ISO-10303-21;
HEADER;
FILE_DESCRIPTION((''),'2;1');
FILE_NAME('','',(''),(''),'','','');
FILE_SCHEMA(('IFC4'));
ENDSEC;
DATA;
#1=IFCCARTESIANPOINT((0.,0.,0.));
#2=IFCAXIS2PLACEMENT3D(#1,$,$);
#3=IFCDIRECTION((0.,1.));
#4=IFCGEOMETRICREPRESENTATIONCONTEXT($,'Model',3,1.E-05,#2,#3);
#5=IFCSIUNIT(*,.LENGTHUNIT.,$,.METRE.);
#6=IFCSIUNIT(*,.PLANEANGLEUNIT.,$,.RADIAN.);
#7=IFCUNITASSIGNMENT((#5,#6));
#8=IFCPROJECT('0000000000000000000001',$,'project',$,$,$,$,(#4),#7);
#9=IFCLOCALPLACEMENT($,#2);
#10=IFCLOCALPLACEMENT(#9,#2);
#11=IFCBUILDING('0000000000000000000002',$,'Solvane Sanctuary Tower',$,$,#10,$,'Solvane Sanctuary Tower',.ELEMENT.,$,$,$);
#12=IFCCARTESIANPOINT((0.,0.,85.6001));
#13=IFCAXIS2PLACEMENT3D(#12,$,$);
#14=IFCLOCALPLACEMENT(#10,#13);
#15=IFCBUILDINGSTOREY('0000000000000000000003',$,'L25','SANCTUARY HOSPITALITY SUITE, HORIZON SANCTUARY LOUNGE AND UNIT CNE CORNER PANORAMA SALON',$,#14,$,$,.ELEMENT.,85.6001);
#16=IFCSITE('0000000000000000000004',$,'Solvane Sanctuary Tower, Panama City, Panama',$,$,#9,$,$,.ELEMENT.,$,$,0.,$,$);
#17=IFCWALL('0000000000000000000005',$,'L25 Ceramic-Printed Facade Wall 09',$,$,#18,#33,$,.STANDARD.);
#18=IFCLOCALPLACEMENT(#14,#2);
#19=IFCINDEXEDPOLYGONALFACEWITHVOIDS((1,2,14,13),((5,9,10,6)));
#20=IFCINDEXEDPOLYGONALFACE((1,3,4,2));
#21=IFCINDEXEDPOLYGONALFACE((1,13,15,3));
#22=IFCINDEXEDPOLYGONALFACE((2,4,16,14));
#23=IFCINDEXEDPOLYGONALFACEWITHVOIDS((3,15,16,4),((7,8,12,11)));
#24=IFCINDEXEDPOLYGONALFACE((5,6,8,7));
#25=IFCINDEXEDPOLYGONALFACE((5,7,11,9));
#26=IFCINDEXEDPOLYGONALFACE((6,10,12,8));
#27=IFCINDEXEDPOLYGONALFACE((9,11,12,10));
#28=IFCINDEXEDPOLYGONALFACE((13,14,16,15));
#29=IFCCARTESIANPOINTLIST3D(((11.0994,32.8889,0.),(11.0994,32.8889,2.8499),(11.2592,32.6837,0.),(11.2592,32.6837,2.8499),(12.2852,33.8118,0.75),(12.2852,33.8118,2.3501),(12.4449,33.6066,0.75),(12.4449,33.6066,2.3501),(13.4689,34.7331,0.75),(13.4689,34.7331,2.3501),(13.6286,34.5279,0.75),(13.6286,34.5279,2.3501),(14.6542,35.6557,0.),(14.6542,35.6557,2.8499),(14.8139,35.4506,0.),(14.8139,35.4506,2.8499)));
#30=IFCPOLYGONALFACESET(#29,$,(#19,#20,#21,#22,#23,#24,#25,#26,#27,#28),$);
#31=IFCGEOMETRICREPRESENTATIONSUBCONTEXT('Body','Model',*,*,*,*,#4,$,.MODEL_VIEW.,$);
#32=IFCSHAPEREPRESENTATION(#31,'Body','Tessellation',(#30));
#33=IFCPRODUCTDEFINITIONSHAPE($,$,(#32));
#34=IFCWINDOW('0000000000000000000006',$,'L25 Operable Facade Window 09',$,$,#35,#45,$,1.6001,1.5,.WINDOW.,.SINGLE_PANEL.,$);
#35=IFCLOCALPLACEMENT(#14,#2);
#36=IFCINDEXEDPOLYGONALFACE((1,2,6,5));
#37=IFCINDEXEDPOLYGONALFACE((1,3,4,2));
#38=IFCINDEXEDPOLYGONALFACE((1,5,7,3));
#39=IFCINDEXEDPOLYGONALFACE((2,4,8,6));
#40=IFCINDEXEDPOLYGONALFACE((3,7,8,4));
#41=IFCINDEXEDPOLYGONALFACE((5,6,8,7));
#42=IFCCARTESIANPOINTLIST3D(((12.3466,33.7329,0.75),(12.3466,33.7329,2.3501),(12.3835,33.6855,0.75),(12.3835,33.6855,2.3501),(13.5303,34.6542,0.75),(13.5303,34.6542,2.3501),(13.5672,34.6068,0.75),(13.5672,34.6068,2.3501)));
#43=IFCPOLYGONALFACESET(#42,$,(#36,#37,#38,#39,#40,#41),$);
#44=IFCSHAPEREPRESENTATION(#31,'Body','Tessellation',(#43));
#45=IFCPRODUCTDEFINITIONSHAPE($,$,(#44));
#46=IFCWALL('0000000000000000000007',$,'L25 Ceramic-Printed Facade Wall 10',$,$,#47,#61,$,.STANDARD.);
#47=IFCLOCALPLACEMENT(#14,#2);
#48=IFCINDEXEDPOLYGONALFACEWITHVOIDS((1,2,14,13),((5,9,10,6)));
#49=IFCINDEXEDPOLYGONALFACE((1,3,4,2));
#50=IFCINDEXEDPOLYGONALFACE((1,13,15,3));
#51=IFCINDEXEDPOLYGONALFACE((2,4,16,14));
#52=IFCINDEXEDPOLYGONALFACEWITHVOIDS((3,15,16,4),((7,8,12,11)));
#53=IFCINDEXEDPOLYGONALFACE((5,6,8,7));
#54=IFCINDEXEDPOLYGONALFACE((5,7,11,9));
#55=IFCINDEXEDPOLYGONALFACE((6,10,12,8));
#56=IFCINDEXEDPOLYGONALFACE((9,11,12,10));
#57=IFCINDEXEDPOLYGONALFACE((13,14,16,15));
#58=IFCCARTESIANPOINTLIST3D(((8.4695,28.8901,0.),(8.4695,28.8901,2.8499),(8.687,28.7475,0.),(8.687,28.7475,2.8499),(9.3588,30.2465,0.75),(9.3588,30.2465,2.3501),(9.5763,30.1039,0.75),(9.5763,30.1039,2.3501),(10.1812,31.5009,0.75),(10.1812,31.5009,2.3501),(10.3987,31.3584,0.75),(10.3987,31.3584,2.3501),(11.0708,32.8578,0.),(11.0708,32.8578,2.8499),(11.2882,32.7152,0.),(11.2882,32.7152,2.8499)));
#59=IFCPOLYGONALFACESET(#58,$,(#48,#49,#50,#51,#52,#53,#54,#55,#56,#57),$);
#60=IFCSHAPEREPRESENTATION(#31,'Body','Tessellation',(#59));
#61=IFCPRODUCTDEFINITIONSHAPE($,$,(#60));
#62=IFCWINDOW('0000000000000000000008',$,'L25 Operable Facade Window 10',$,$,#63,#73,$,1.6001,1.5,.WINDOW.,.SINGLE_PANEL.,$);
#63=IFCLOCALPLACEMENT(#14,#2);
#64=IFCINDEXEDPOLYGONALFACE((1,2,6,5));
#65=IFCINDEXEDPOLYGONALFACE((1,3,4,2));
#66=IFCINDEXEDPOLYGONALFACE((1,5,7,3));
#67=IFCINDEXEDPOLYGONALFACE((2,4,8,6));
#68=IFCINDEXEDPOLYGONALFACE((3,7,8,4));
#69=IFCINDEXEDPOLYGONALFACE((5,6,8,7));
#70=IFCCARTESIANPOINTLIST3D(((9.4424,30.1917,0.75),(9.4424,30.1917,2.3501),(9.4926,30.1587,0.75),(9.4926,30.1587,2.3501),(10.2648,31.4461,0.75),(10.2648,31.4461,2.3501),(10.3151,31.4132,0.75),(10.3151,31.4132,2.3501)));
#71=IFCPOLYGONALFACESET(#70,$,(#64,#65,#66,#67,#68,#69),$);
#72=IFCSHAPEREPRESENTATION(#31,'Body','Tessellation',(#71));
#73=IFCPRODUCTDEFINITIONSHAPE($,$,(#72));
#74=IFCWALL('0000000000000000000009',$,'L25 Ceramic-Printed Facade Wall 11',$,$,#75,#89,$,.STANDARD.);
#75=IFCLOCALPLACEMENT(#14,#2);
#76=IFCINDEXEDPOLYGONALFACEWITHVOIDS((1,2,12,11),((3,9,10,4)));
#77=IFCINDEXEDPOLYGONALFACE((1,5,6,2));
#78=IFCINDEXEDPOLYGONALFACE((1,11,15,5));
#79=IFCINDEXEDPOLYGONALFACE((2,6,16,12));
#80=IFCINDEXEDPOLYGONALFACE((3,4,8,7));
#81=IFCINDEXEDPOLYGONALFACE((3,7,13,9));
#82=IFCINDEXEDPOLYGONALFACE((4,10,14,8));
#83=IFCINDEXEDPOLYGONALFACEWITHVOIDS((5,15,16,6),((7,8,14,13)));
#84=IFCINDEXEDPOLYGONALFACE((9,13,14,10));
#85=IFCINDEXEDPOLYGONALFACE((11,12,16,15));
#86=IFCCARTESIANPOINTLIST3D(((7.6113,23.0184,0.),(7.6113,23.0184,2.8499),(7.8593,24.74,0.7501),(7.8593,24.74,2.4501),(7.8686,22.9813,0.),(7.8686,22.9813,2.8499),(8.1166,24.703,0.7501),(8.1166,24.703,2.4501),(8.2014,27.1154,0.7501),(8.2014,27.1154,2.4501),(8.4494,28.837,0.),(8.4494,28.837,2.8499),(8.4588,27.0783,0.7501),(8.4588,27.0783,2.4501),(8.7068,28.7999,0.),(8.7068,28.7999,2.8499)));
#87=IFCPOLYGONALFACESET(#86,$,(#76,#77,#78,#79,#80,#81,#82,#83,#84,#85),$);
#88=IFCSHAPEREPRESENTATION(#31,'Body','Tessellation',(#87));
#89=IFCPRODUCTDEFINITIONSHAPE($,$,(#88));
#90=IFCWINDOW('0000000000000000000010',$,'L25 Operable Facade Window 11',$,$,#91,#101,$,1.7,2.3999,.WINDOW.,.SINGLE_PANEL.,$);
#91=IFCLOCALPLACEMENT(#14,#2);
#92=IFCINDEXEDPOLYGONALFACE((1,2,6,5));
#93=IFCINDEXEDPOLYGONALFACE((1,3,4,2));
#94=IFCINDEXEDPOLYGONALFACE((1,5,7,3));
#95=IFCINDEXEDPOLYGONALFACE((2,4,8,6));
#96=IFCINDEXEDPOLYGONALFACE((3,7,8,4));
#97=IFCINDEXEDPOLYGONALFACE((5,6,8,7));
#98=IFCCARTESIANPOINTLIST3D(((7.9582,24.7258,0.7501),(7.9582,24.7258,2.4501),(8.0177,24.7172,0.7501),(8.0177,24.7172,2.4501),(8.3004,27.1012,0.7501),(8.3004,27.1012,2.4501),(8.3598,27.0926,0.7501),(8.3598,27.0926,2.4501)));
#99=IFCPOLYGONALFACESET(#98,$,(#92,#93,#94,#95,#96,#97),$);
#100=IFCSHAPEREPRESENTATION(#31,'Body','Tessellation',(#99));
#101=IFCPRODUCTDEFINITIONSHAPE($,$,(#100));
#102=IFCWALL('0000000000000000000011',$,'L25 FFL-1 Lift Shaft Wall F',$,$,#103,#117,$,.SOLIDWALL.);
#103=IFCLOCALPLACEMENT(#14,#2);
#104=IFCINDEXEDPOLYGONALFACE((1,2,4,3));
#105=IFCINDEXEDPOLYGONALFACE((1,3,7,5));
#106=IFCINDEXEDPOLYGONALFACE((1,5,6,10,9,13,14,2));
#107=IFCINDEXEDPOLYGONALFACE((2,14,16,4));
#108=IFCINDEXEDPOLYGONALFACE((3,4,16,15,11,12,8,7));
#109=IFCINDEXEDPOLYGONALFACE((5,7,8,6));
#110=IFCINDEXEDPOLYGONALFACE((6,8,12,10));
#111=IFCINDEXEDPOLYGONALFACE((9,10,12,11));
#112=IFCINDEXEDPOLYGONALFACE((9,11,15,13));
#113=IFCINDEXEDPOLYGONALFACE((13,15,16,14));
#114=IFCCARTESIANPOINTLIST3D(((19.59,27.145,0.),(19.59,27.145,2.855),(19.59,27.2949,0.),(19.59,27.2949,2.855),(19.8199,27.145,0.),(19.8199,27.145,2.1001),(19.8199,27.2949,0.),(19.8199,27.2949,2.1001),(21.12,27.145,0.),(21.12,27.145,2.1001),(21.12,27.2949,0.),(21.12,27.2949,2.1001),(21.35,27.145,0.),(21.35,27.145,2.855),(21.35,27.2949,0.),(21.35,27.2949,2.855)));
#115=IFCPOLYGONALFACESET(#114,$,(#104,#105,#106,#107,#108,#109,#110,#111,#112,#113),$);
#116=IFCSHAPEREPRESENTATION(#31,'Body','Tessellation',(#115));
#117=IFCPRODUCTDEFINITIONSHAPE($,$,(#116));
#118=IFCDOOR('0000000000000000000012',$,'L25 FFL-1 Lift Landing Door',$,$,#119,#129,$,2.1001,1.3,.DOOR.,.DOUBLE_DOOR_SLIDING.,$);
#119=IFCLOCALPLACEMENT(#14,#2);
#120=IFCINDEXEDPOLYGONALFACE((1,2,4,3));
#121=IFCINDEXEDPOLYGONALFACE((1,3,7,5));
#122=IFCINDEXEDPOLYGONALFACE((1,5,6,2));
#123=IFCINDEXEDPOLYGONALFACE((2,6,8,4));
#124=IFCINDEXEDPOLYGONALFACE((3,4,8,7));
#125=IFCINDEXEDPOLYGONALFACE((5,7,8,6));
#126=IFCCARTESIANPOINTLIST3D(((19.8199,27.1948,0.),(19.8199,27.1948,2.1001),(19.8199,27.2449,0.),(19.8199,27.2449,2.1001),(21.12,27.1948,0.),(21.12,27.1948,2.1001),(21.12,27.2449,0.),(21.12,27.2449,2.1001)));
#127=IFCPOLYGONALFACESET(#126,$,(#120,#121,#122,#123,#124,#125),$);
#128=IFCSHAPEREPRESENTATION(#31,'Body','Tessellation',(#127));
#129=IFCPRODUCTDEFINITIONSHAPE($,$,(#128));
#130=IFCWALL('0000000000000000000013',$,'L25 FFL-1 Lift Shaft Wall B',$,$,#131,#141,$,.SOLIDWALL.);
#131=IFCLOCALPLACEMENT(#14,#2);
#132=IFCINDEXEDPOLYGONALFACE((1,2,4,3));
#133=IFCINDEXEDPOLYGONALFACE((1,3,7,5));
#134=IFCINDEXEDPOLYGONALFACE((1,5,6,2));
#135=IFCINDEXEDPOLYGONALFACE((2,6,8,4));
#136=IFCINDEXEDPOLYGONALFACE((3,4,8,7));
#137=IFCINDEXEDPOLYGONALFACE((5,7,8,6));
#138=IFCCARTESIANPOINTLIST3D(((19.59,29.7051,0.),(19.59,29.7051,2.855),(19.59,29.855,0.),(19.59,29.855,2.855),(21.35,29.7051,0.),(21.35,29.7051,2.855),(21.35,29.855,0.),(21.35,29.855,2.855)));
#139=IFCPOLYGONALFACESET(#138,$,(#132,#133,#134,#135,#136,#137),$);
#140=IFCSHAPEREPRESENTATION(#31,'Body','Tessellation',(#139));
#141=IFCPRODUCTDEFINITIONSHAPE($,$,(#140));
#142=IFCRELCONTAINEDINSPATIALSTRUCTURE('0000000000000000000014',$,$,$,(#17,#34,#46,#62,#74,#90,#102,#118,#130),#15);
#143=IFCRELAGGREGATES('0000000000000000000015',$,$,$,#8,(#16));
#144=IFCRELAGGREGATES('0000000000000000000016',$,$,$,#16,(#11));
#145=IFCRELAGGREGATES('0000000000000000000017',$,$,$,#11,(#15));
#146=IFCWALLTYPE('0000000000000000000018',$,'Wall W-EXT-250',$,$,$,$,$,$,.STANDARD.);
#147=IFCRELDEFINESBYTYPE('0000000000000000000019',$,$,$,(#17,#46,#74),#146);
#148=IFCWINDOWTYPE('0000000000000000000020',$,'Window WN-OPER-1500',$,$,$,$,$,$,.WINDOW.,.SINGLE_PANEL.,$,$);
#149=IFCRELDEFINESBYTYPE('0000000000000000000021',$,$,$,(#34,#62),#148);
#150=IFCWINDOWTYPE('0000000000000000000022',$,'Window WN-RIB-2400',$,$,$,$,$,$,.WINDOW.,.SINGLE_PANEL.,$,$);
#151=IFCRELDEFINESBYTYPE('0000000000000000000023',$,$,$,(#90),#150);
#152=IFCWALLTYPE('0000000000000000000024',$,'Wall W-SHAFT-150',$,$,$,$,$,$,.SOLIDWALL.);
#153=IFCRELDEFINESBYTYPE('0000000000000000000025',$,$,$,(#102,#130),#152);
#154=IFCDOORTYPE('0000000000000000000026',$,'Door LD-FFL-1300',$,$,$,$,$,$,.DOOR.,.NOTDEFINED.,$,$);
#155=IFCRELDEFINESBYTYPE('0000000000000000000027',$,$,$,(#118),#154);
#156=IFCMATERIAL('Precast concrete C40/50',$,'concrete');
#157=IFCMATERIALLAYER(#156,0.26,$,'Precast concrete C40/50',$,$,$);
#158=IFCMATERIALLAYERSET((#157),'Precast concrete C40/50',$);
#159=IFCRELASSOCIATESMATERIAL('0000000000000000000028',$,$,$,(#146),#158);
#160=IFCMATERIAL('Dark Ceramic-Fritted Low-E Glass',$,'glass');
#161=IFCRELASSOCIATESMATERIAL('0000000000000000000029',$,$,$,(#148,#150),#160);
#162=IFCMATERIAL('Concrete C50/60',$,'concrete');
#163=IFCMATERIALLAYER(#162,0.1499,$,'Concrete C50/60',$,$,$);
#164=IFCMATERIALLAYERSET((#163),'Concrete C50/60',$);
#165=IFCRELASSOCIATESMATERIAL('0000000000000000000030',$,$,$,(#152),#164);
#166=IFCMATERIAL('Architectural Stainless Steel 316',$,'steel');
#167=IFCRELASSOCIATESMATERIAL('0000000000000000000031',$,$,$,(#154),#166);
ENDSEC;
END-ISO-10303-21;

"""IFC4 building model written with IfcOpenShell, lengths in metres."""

from ifc_helpers import new_model, si_unit, direction, frame, frame_2d, origin, place, context, subcontext, project, spatial, rectangle, extrude, material, layer, layer_set, type_object, element, fill, save


model = new_model("IFC4")

# Units and contexts
model_context = context("Model", 3, precision=1e-05, world=origin(), true_north=direction((0.0, 1.0)))
body_context = subcontext(model_context, "Body", "Model", "MODEL_VIEW")
ifc_project = project(units=[si_unit("LENGTHUNIT", "METRE"), si_unit("PLANEANGLEUNIT", "RADIAN")], contexts=[model_context])

# Site, building, storey
site_placement = place(None, origin())
site = spatial("IfcSite", under=ifc_project, at=site_placement, Name="Solvane Sanctuary Tower, Panama City, Panama", CompositionType="ELEMENT", RefElevation=0.0)
building_placement = place(site_placement, origin())
building = spatial("IfcBuilding", under=site, at=building_placement, Name="Solvane Sanctuary Tower", LongName="Solvane Sanctuary Tower", CompositionType="ELEMENT")
storey_placement = place(building_placement, frame((0.0, 0.0, 85.6001)))
storey = spatial("IfcBuildingStorey", under=building, at=storey_placement, Name="L25", Description="SANCTUARY HOSPITALITY SUITE, HORIZON SANCTUARY LOUNGE AND UNIT CNE CORNER PANORAMA SALON", CompositionType="ELEMENT", Elevation=85.6001)

# Shared definitions
ifc_material_1 = material(Name="Precast concrete C40/50", Category="concrete")
ifc_layer_1 = layer(ifc_material_1, 0.26, Name="Precast concrete C40/50")
ifc_layer_set_1 = layer_set([ifc_layer_1], Name="Precast concrete C40/50")
wall_type_1 = type_object("IfcWallType", Name="Wall W-EXT-250", PredefinedType="STANDARD", material=ifc_layer_set_1)

# Walls, openings, windows
wall_1_placement = place(storey_placement, frame((14.7341, 35.5532, 0.0), z_axis=(0.0, 0.0, 1.0), x_axis=(-0.789127, -0.614229, 0.0)))
wall_1 = element("IfcWall", 1, at=wall_1_placement, inside=storey, type_object=wall_type_1, Name="L25 Ceramic-Printed Facade Wall 09", PredefinedType="STANDARD", context=body_context, shape_type="SweptSolid", body=[
    extrude(rectangle(XDim=4.5046, YDim=0.26, at=frame_2d((2.2524, 0.0))), origin(), (0.0, 0.0, 1.0), 2.8499),
])
opening_1_placement = place(wall_1_placement, frame((1.5022, 0.0, 0.75)))
opening_1 = element("IfcOpeningElement", 2, at=opening_1_placement, cuts=wall_1, PredefinedType="OPENING", context=body_context, shape_type="SweptSolid", body=[
    extrude(rectangle(XDim=1.5, YDim=1.6001, at=frame_2d((0.75, 0.8))), frame((0.0, 0.1399, 0.0), z_axis=(0.0, -1.0, 0.0), x_axis=(1.0, 0.0, 0.0)), (0.0, 0.0, 1.0), 0.28),
])
ifc_material_2 = material(Name="Dark Ceramic-Fritted Low-E Glass", Category="glass")
window_type_1 = type_object("IfcWindowType", Name="Window WN-OPER-1500", PartitioningType="SINGLE_PANEL", PredefinedType="WINDOW", material=ifc_material_2)
window_1_placement = place(opening_1_placement, origin())
window_1 = element("IfcWindow", 3, at=window_1_placement, inside=storey, type_object=window_type_1, Name="L25 Operable Facade Window 09", OverallHeight=1.6001, OverallWidth=1.5, PartitioningType="SINGLE_PANEL", PredefinedType="WINDOW", context=body_context, shape_type="SweptSolid", body=[
    extrude(rectangle(XDim=1.5, YDim=1.6001, at=frame_2d((0.75, 0.8))), frame((0.0, 0.03, 0.0), z_axis=(0.0, -1.0, 0.0), x_axis=(1.0, 0.0, 0.0)), (0.0, 0.0, 1.0), 0.0601),
])
fill(opening_1, window_1)
wall_2_placement = place(storey_placement, frame((11.1794, 32.7864, 0.0), z_axis=(0.0, 0.0, 1.0), x_axis=(-0.548283, -0.836293, 0.0)))
wall_2 = element("IfcWall", 4, at=wall_2_placement, inside=storey, type_object=wall_type_1, Name="L25 Ceramic-Printed Facade Wall 10", PredefinedType="STANDARD", context=body_context, shape_type="SweptSolid", body=[
    extrude(rectangle(XDim=4.7444, YDim=0.26, at=frame_2d((2.3721, 0.0))), origin(), (0.0, 0.0, 1.0), 2.8499),
])
opening_2_placement = place(wall_2_placement, frame((1.6223, 0.0, 0.75)))
opening_2 = element("IfcOpeningElement", 5, at=opening_2_placement, cuts=wall_2, PredefinedType="OPENING", context=body_context, shape_type="SweptSolid", body=[
    extrude(rectangle(XDim=1.5, YDim=1.6001, at=frame_2d((0.75, 0.8))), frame((0.0, 0.1399, 0.0), z_axis=(0.0, -1.0, 0.0), x_axis=(1.0, 0.0, 0.0)), (0.0, 0.0, 1.0), 0.28),
])
window_2_placement = place(opening_2_placement, origin())
window_2 = element("IfcWindow", 6, at=window_2_placement, inside=storey, type_object=window_type_1, Name="L25 Operable Facade Window 10", OverallHeight=1.6001, OverallWidth=1.5, PartitioningType="SINGLE_PANEL", PredefinedType="WINDOW", context=body_context, shape_type="SweptSolid", body=[
    extrude(rectangle(XDim=1.5, YDim=1.6001, at=frame_2d((0.75, 0.8))), frame((0.0, 0.03, 0.0), z_axis=(0.0, -1.0, 0.0), x_axis=(1.0, 0.0, 0.0)), (0.0, 0.0, 1.0), 0.0601),
])
fill(opening_2, window_2)
wall_3_placement = place(storey_placement, frame((8.5781, 28.8186, 0.0), z_axis=(0.0, 0.0, 1.0), x_axis=(-0.142572, -0.989784, 0.0)))
wall_3 = element("IfcWall", 7, at=wall_3_placement, inside=storey, type_object=wall_type_1, Name="L25 Ceramic-Printed Facade Wall 11", PredefinedType="STANDARD", context=body_context, shape_type="SweptSolid", body=[
    extrude(rectangle(XDim=5.8787, YDim=0.26, at=frame_2d((2.9395, 0.0))), origin(), (0.0, 0.0, 1.0), 2.8499),
])
opening_3_placement = place(wall_3_placement, frame((1.7395, 0.0, 0.75)))
opening_3 = element("IfcOpeningElement", 8, at=opening_3_placement, cuts=wall_3, PredefinedType="OPENING", context=body_context, shape_type="SweptSolid", body=[
    extrude(rectangle(XDim=2.3999, YDim=1.7, at=frame_2d((1.2, 0.8501))), frame((0.0, 0.1399, 0.0), z_axis=(0.0, -1.0, 0.0), x_axis=(1.0, 0.0, 0.0)), (0.0, 0.0, 1.0), 0.28),
])
window_type_2 = type_object("IfcWindowType", Name="Window WN-RIB-2400", PartitioningType="SINGLE_PANEL", PredefinedType="WINDOW", material=ifc_material_2)
window_3_placement = place(opening_3_placement, origin())
window_3 = element("IfcWindow", 9, at=window_3_placement, inside=storey, type_object=window_type_2, Name="L25 Operable Facade Window 11", OverallHeight=1.7, OverallWidth=2.3999, PartitioningType="SINGLE_PANEL", PredefinedType="WINDOW", context=body_context, shape_type="SweptSolid", body=[
    extrude(rectangle(XDim=2.3999, YDim=1.7, at=frame_2d((1.2, 0.8501))), frame((0.0, 0.03, 0.0), z_axis=(0.0, -1.0, 0.0), x_axis=(1.0, 0.0, 0.0)), (0.0, 0.0, 1.0), 0.0601),
])
fill(opening_3, window_3)

# Wall, opening, door
ifc_material_3 = material(Name="Concrete C50/60", Category="concrete")
ifc_layer_2 = layer(ifc_material_3, 0.1499, Name="Concrete C50/60")
ifc_layer_set_2 = layer_set([ifc_layer_2], Name="Concrete C50/60")
wall_type_2 = type_object("IfcWallType", Name="Wall W-SHAFT-150", PredefinedType="SOLIDWALL", material=ifc_layer_set_2)
wall_4_placement = place(storey_placement, frame((19.5901, 27.22, 0.0), z_axis=(0.0, 0.0, 1.0), x_axis=(1.0, 0.0, 0.0)))
wall_4 = element("IfcWall", 10, at=wall_4_placement, inside=storey, type_object=wall_type_2, Name="L25 FFL-1 Lift Shaft Wall F", PredefinedType="SOLIDWALL", context=body_context, shape_type="SweptSolid", body=[
    extrude(rectangle(XDim=1.76, YDim=0.1499, at=frame_2d((0.8799, 0.0))), origin(), (0.0, 0.0, 1.0), 2.855),
])
opening_4_placement = place(wall_4_placement, frame((0.23, 0.0, 0.0)))
opening_4 = element("IfcOpeningElement", 11, at=opening_4_placement, cuts=wall_4, PredefinedType="OPENING", context=body_context, shape_type="SweptSolid", body=[
    extrude(rectangle(XDim=1.3, YDim=2.1001, at=frame_2d((0.6499, 1.05))), frame((0.0, 0.085, 0.0), z_axis=(0.0, -1.0, 0.0), x_axis=(1.0, 0.0, 0.0)), (0.0, 0.0, 1.0), 0.1699),
])
ifc_material_4 = material(Name="Architectural Stainless Steel 316", Category="steel")
door_type_1 = type_object("IfcDoorType", Name="Door LD-FFL-1300", OperationType="NOTDEFINED", PredefinedType="DOOR", material=ifc_material_4)
door_1_placement = place(opening_4_placement, origin())
door_1 = element("IfcDoor", 12, at=door_1_placement, inside=storey, type_object=door_type_1, Name="L25 FFL-1 Lift Landing Door", OperationType="DOUBLE_DOOR_SLIDING", OverallHeight=2.1001, OverallWidth=1.3, PredefinedType="DOOR", context=body_context, shape_type="SweptSolid", body=[
    extrude(rectangle(XDim=1.3, YDim=2.1001, at=frame_2d((0.6499, 1.05))), frame((0.0, 0.0249, 0.0), z_axis=(0.0, -1.0, 0.0), x_axis=(1.0, 0.0, 0.0)), (0.0, 0.0, 1.0), 0.05),
])
fill(opening_4, door_1)

# Wall
wall_5_placement = place(storey_placement, frame((19.5901, 29.78, 0.0), z_axis=(0.0, 0.0, 1.0), x_axis=(1.0, 0.0, 0.0)))
element("IfcWall", 13, at=wall_5_placement, inside=storey, type_object=wall_type_2, Name="L25 FFL-1 Lift Shaft Wall B", PredefinedType="SOLIDWALL", context=body_context, shape_type="SweptSolid", body=[
    extrude(rectangle(XDim=1.76, YDim=0.1499, at=frame_2d((0.8799, 0.0))), origin(), (0.0, 0.0, 1.0), 2.855),
])

save(model, "model.ifc")
